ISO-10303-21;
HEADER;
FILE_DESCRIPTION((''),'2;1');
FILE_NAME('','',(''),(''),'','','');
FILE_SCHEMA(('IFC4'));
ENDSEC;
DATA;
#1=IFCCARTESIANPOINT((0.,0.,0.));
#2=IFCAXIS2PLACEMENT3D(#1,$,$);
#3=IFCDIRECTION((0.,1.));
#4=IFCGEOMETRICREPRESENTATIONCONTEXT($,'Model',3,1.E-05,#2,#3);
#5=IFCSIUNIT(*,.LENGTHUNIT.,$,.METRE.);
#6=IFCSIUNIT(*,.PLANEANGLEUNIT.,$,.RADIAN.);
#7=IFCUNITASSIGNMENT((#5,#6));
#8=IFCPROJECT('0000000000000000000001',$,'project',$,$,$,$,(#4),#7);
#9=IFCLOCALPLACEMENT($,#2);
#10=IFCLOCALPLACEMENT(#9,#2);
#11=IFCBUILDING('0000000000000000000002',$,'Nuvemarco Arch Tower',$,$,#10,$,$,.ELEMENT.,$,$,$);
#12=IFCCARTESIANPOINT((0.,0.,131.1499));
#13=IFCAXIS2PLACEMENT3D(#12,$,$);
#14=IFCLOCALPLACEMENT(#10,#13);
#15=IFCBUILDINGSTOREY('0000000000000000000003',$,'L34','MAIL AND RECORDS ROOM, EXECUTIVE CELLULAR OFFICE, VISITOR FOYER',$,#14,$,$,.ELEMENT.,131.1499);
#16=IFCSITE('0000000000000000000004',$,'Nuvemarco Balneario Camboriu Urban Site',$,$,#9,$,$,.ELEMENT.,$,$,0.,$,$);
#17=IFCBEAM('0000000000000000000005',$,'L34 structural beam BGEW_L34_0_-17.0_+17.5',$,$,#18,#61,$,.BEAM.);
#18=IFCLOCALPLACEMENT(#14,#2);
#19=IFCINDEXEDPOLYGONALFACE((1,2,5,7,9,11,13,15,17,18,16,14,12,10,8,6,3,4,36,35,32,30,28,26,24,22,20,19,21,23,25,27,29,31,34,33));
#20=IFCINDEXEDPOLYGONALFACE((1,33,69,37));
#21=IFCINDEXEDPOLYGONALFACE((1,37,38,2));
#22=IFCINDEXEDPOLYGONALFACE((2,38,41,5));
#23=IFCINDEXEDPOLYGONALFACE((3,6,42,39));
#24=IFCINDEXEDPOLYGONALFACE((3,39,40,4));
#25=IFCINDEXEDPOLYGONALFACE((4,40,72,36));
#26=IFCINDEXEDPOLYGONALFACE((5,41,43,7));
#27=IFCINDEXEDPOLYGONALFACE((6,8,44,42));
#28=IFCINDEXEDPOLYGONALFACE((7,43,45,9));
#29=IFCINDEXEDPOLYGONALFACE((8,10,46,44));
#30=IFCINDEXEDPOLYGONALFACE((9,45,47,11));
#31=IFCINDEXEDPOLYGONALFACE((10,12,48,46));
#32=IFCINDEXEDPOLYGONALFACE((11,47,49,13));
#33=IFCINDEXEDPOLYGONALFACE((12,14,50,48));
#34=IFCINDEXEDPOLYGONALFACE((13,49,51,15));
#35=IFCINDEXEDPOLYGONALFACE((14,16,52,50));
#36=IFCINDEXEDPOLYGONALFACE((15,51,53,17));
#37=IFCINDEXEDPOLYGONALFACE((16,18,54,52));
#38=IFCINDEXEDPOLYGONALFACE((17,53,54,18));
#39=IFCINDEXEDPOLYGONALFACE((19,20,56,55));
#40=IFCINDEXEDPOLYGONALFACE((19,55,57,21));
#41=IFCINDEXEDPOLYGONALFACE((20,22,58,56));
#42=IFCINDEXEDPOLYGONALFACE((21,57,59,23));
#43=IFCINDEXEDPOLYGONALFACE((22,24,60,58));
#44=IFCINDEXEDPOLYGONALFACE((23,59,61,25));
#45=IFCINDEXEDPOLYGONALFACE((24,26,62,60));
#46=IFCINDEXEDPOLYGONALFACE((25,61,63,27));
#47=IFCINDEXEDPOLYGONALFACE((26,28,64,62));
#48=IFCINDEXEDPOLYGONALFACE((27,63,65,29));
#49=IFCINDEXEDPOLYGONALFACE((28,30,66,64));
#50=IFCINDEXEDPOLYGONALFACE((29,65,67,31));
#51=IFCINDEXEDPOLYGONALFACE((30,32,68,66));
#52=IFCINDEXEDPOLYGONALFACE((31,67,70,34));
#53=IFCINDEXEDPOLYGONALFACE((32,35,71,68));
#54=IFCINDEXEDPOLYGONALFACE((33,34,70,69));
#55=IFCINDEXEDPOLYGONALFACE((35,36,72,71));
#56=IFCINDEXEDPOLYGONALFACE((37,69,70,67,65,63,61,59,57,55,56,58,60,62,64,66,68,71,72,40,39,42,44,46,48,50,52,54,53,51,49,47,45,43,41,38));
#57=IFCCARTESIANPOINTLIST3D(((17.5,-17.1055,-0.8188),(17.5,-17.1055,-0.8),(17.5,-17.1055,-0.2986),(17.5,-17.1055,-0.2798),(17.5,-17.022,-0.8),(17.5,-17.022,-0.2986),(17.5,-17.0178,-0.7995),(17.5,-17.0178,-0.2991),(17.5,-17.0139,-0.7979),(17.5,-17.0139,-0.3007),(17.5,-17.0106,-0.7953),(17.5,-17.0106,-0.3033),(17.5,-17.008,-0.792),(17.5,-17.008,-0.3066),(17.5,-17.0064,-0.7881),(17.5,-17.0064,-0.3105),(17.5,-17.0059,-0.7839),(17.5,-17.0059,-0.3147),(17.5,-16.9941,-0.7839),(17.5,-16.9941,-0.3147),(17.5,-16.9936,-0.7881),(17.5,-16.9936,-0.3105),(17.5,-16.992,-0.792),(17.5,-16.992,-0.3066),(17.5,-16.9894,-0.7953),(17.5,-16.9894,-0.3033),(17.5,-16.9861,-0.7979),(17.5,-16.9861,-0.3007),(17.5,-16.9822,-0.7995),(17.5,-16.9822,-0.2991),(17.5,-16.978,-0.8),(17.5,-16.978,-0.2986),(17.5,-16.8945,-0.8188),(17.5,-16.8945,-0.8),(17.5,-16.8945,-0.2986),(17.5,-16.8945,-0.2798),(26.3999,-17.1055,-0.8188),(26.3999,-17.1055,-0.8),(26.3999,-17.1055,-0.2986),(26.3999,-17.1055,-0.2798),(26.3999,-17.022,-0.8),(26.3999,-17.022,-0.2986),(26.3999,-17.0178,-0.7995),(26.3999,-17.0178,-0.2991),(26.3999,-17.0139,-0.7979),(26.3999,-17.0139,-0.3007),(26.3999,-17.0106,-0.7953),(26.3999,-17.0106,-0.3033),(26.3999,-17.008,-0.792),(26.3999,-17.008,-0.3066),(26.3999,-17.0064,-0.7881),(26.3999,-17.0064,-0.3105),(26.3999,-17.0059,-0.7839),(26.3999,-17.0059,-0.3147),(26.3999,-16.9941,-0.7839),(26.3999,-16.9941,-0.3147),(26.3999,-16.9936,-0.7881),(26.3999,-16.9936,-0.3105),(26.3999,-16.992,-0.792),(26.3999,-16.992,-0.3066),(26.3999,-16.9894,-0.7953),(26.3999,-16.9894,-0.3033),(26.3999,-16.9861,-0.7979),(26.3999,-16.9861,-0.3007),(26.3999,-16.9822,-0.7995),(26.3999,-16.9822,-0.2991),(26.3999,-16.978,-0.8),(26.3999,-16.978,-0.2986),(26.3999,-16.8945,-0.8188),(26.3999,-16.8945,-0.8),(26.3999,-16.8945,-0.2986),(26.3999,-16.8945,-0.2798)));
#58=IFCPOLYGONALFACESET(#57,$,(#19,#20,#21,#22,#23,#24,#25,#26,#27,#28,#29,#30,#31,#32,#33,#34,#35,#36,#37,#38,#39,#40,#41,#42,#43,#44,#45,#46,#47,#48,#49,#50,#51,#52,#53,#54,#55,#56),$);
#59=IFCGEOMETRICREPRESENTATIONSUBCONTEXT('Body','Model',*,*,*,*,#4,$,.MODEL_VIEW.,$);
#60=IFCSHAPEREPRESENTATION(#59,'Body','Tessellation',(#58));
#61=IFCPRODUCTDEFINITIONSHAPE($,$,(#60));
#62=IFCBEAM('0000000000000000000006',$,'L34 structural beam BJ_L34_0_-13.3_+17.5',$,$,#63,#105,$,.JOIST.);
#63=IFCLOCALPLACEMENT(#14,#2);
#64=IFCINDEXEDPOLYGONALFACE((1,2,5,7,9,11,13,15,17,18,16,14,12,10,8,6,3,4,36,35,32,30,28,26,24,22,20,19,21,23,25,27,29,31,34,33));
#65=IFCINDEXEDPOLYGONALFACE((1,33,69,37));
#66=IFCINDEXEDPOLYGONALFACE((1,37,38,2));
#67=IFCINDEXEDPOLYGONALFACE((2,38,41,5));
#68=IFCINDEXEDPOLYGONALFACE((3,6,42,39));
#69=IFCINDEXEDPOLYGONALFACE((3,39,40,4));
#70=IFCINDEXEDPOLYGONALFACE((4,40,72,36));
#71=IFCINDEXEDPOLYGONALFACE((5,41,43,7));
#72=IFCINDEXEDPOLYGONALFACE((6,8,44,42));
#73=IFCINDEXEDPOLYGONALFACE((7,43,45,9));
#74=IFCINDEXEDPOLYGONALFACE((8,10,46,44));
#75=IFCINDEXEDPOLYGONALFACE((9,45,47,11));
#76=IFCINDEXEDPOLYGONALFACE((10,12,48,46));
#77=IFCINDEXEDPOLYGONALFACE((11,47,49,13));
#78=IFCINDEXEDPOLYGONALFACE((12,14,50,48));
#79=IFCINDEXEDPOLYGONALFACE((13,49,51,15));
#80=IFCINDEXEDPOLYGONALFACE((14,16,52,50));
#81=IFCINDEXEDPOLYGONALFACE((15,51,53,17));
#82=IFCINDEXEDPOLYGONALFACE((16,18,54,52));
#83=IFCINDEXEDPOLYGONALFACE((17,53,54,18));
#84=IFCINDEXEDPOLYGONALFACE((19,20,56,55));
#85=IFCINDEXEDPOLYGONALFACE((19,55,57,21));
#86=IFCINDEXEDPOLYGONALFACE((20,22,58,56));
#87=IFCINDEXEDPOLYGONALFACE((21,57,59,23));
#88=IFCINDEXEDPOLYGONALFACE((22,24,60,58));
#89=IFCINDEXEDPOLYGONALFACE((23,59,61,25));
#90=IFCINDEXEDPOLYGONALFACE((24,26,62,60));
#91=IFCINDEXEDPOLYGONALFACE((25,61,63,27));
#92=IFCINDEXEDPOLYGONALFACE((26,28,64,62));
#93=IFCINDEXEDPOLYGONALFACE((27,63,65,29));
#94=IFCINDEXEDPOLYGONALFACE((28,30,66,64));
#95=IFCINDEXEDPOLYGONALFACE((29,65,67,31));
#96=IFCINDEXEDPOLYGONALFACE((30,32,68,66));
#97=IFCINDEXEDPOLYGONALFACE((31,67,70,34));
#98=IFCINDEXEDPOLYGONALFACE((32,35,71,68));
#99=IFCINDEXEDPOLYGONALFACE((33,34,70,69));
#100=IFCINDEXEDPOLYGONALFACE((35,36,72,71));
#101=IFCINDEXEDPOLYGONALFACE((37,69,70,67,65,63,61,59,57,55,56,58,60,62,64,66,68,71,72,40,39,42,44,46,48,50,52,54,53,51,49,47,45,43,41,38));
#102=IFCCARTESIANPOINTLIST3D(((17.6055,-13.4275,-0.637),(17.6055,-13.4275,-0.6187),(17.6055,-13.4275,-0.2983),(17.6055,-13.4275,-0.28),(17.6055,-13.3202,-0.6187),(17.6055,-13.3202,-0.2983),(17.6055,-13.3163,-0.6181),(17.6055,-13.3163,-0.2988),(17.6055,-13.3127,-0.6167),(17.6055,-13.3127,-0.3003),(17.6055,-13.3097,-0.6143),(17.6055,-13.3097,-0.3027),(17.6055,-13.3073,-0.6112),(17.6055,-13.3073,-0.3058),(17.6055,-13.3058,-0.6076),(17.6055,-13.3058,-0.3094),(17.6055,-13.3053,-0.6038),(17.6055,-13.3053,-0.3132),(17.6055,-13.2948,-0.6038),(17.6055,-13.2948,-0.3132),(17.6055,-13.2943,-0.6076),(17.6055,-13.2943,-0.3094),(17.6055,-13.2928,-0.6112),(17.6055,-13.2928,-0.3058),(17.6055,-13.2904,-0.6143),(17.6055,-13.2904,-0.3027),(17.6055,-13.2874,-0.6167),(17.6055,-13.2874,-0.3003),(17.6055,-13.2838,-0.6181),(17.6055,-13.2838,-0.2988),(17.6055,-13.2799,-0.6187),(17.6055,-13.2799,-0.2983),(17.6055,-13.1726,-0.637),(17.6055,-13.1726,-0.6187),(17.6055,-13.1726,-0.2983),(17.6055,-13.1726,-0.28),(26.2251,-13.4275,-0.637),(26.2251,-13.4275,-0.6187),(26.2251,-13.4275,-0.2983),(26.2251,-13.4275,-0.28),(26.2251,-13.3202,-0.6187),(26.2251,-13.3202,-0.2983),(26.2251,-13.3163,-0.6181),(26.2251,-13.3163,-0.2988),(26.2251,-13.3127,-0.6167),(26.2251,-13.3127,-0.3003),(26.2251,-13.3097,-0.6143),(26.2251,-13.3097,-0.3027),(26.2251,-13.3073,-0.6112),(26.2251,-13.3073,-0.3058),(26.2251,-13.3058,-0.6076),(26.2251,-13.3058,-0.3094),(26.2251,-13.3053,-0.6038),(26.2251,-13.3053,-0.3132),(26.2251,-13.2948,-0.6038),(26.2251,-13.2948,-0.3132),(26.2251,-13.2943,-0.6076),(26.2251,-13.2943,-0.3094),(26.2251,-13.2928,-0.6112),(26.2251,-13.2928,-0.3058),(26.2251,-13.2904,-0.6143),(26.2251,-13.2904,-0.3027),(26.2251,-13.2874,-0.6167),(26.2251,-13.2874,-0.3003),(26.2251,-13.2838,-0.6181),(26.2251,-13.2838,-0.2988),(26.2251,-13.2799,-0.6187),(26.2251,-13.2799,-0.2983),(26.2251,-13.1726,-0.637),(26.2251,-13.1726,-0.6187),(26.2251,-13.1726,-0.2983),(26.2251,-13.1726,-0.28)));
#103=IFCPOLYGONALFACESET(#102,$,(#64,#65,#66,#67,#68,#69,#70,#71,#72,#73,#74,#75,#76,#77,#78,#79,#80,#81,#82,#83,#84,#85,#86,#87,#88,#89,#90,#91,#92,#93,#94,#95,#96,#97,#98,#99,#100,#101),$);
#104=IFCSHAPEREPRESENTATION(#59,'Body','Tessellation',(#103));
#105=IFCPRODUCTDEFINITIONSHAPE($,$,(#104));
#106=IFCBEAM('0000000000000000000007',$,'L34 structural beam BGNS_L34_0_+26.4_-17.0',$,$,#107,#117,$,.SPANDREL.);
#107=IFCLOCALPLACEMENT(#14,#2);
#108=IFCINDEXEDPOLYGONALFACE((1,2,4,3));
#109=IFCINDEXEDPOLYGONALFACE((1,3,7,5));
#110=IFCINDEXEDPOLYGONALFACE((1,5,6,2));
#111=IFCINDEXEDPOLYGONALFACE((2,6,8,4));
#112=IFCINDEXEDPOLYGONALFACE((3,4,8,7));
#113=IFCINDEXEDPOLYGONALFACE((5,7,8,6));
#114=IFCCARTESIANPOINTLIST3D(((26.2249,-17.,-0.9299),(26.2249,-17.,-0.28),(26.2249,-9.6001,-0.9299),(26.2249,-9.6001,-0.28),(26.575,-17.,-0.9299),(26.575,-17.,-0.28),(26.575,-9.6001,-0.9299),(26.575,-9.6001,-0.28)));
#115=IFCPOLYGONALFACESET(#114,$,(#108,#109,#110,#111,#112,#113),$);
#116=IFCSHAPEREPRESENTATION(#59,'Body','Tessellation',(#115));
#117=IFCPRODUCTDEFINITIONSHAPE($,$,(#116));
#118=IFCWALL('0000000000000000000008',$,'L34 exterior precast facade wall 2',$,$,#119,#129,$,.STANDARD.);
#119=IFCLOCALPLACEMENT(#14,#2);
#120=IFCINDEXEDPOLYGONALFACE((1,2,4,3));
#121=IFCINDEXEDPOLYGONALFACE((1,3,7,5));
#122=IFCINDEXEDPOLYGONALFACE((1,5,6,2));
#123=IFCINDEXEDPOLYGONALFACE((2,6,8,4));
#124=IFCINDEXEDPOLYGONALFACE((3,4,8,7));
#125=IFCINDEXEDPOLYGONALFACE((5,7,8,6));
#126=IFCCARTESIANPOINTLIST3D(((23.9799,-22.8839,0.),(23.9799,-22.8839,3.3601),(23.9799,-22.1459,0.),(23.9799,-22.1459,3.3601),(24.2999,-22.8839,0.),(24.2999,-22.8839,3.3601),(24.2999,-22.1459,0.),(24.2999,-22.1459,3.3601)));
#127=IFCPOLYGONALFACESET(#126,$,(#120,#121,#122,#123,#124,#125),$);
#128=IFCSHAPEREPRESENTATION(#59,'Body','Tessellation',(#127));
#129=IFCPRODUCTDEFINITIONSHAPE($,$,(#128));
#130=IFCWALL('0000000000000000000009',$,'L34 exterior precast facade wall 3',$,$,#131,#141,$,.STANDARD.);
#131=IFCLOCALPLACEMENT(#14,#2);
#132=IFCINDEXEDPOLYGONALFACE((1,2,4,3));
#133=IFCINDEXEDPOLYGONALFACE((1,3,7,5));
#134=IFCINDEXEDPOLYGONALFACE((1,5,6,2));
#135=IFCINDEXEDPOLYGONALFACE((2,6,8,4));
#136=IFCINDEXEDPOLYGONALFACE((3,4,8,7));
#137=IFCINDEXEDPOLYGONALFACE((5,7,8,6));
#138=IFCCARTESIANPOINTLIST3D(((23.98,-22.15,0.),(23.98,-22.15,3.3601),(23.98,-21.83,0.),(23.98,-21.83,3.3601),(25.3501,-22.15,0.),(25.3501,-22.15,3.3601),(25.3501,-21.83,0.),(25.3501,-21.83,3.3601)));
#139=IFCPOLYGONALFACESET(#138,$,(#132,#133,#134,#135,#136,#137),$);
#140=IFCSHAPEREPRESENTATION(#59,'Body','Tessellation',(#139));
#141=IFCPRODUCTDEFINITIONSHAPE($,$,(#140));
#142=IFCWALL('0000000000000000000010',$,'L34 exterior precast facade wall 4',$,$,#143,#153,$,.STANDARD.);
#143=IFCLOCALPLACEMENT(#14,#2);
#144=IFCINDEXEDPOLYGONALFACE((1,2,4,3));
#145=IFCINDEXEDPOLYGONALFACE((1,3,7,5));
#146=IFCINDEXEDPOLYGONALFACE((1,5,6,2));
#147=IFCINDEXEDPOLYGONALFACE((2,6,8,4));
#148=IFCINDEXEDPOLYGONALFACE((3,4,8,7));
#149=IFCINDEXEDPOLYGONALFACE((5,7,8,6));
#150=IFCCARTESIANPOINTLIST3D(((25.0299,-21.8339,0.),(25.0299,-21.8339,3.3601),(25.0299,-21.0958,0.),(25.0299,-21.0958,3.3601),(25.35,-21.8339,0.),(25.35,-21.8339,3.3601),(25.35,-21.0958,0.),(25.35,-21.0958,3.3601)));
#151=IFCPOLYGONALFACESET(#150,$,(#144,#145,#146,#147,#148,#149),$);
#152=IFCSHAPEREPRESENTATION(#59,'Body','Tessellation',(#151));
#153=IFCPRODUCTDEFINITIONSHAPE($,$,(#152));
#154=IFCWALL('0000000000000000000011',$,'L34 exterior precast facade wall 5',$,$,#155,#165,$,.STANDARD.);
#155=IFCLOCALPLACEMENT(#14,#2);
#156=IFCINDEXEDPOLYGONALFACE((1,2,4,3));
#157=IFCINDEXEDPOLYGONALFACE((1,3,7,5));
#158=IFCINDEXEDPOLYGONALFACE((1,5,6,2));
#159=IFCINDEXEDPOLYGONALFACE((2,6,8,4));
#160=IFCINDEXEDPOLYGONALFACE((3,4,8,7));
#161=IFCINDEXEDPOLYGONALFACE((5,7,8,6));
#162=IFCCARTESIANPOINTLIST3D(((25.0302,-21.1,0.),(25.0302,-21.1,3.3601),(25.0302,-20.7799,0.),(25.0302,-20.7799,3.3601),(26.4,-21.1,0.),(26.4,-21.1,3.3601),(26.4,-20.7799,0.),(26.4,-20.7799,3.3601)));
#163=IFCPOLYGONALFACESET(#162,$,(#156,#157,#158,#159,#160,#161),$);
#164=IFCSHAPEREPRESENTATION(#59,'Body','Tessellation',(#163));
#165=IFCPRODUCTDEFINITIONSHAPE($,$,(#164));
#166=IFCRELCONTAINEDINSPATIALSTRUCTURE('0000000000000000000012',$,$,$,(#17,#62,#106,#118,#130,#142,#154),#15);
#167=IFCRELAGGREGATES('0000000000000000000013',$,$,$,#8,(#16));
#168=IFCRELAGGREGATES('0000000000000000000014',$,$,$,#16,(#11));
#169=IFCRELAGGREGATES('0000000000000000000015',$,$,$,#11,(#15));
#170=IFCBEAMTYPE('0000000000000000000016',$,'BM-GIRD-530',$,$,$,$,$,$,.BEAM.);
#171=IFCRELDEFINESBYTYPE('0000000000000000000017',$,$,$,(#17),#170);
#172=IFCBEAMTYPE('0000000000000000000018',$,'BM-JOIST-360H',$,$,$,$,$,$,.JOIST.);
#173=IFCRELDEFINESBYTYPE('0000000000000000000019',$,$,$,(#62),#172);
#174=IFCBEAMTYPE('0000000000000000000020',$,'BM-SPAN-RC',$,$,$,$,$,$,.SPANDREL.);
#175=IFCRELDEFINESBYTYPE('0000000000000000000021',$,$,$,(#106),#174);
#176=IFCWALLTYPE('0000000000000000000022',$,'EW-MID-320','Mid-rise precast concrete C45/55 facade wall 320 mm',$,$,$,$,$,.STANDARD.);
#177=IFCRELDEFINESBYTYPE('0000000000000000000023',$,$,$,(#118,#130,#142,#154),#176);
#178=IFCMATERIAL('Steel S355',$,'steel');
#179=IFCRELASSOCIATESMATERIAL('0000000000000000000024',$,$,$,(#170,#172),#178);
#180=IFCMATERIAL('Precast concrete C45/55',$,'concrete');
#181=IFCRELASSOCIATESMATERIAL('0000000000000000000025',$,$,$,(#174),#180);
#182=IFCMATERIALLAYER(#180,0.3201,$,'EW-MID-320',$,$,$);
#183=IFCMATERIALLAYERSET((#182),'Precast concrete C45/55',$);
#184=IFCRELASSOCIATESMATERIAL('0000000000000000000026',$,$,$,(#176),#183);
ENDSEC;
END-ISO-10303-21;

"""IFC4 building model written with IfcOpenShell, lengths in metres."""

from ifc_helpers import new_model, si_unit, direction, frame, frame_2d, origin, origin_2d, place, context, subcontext, project, spatial, rectangle, i_section, extrude, material, layer, layer_set, material_profile, profile_set, type_object, element, save


model = new_model("IFC4")

# Units and contexts
model_context = context("Model", 3, precision=1e-05, world=origin(), true_north=direction((0.0, 1.0)))
body_context = subcontext(model_context, "Body", "Model", "MODEL_VIEW")
ifc_project = project(units=[si_unit("LENGTHUNIT", "METRE"), si_unit("PLANEANGLEUNIT", "RADIAN")], contexts=[model_context])

# Site, building, storey
site_placement = place(None, origin())
site = spatial("IfcSite", under=ifc_project, at=site_placement, Name="Nuvemarco Balneario Camboriu Urban Site", CompositionType="ELEMENT", RefElevation=0.0)
building_placement = place(site_placement, origin())
building = spatial("IfcBuilding", under=site, at=building_placement, Name="Nuvemarco Arch Tower", CompositionType="ELEMENT")
storey_placement = place(building_placement, frame((0.0, 0.0, 131.1499)))
storey = spatial("IfcBuildingStorey", under=building, at=storey_placement, Name="L34", Description="MAIL AND RECORDS ROOM, EXECUTIVE CELLULAR OFFICE, VISITOR FOYER", CompositionType="ELEMENT", Elevation=131.1499)

# Shared definitions
ifc_material_1 = material(Name="Steel S355", Category="steel")

# Beams
ifc_material_profile_1 = material_profile(ifc_material_1, i_section(OverallWidth=0.2109, OverallDepth=0.5391, WebThickness=0.0117, FlangeThickness=0.0188, FilletRadius=0.0161, at=origin_2d()), Name="W530x109")
ifc_profile_set_1 = profile_set([ifc_material_profile_1], Name="Steel S355")
beam_type_1 = type_object("IfcBeamType", Name="BM-GIRD-530", PredefinedType="BEAM", material=ifc_profile_set_1)
beam_1_placement = place(storey_placement, frame((17.5, -17.0, -0.5493), z_axis=(1.0, 0.0, 0.0), x_axis=(0.0, 1.0, 0.0)))
element("IfcBeam", 1, at=beam_1_placement, inside=storey, type_object=beam_type_1, Name="L34 structural beam BGEW_L34_0_-17.0_+17.5", PredefinedType="BEAM", context=body_context, shape_type="SweptSolid", body=[
    extrude(i_section(OverallWidth=0.2109, OverallDepth=0.5391, WebThickness=0.0117, FlangeThickness=0.0188, FilletRadius=0.0161, at=origin_2d()), origin(), (0.0, 0.0, 1.0), 8.8999),
])
ifc_material_profile_2 = material_profile(ifc_material_1, i_section(OverallWidth=0.2549, OverallDepth=0.3569, WebThickness=0.0105, FlangeThickness=0.0183, FilletRadius=0.0149, at=origin_2d()), Name="W360x101")
ifc_profile_set_2 = profile_set([ifc_material_profile_2], Name="Steel S355")
beam_type_2 = type_object("IfcBeamType", Name="BM-JOIST-360H", PredefinedType="JOIST", material=ifc_profile_set_2)
beam_2_placement = place(storey_placement, frame((17.6055, -13.3, -0.4585), z_axis=(1.0, 0.0, 0.0), x_axis=(0.0, 1.0, 0.0)))
element("IfcBeam", 2, at=beam_2_placement, inside=storey, type_object=beam_type_2, Name="L34 structural beam BJ_L34_0_-13.3_+17.5", PredefinedType="JOIST", context=body_context, shape_type="SweptSolid", body=[
    extrude(i_section(OverallWidth=0.2549, OverallDepth=0.3569, WebThickness=0.0105, FlangeThickness=0.0183, FilletRadius=0.0149, at=origin_2d()), origin(), (0.0, 0.0, 1.0), 8.6196),
])
ifc_material_2 = material(Name="Precast concrete C45/55", Category="concrete")
ifc_material_profile_3 = material_profile(ifc_material_2, rectangle(XDim=0.3501, YDim=0.6499, at=origin_2d()), Name="PC-SP-350x650")
ifc_profile_set_3 = profile_set([ifc_material_profile_3], Name="Precast concrete C45/55")
beam_type_3 = type_object("IfcBeamType", Name="BM-SPAN-RC", PredefinedType="SPANDREL", material=ifc_profile_set_3)
beam_3_placement = place(storey_placement, frame((26.3999, -17.0, -0.605), z_axis=(0.0, 1.0, 0.0), x_axis=(-1.0, 0.0, 0.0)))
element("IfcBeam", 3, at=beam_3_placement, inside=storey, type_object=beam_type_3, Name="L34 structural beam BGNS_L34_0_+26.4_-17.0", PredefinedType="SPANDREL", context=body_context, shape_type="SweptSolid", body=[
    extrude(rectangle(XDim=0.3501, YDim=0.6499, at=origin_2d()), origin(), (0.0, 0.0, 1.0), 7.3999),
])

# Walls
ifc_layer_1 = layer(ifc_material_2, 0.3201, Name="EW-MID-320")
ifc_layer_set_1 = layer_set([ifc_layer_1], Name="Precast concrete C45/55")
wall_type_1 = type_object("IfcWallType", Name="EW-MID-320", Description="Mid-rise precast concrete C45/55 facade wall 320 mm", PredefinedType="STANDARD", material=ifc_layer_set_1)
wall_1_placement = place(storey_placement, frame((24.1399, -22.884, 0.0), z_axis=(0.0, 0.0, 1.0), x_axis=(0.0, 1.0, 0.0)))
element("IfcWall", 4, at=wall_1_placement, inside=storey, type_object=wall_type_1, Name="L34 exterior precast facade wall 2", PredefinedType="STANDARD", context=body_context, shape_type="SweptSolid", body=[
    extrude(rectangle(XDim=0.738, YDim=0.3201, at=frame_2d((0.3691, 0.0))), origin(), (0.0, 0.0, 1.0), 3.3601),
])
wall_2_placement = place(storey_placement, frame((23.98, -21.99, 0.0), z_axis=(0.0, 0.0, 1.0), x_axis=(1.0, 0.0, 0.0)))
element("IfcWall", 5, at=wall_2_placement, inside=storey, type_object=wall_type_1, Name="L34 exterior precast facade wall 3", PredefinedType="STANDARD", context=body_context, shape_type="SweptSolid", body=[
    extrude(rectangle(XDim=1.3701, YDim=0.3201, at=frame_2d((0.6851, 0.0))), origin(), (0.0, 0.0, 1.0), 3.3601),
])
wall_3_placement = place(storey_placement, frame((25.1899, -21.834, 0.0), z_axis=(0.0, 0.0, 1.0), x_axis=(0.0, 1.0, 0.0)))
element("IfcWall", 6, at=wall_3_placement, inside=storey, type_object=wall_type_1, Name="L34 exterior precast facade wall 4", PredefinedType="STANDARD", context=body_context, shape_type="SweptSolid", body=[
    extrude(rectangle(XDim=0.738, YDim=0.3201, at=frame_2d((0.3691, 0.0))), origin(), (0.0, 0.0, 1.0), 3.3601),
])
wall_4_placement = place(storey_placement, frame((25.03, -20.9399, 0.0), z_axis=(0.0, 0.0, 1.0), x_axis=(1.0, 0.0, 0.0)))
element("IfcWall", 7, at=wall_4_placement, inside=storey, type_object=wall_type_1, Name="L34 exterior precast facade wall 5", PredefinedType="STANDARD", context=body_context, shape_type="SweptSolid", body=[
    extrude(rectangle(XDim=1.3699, YDim=0.3201, at=frame_2d((0.6851, 0.0))), origin(), (0.0, 0.0, 1.0), 3.3601),
])

save(model, "model.ifc")
